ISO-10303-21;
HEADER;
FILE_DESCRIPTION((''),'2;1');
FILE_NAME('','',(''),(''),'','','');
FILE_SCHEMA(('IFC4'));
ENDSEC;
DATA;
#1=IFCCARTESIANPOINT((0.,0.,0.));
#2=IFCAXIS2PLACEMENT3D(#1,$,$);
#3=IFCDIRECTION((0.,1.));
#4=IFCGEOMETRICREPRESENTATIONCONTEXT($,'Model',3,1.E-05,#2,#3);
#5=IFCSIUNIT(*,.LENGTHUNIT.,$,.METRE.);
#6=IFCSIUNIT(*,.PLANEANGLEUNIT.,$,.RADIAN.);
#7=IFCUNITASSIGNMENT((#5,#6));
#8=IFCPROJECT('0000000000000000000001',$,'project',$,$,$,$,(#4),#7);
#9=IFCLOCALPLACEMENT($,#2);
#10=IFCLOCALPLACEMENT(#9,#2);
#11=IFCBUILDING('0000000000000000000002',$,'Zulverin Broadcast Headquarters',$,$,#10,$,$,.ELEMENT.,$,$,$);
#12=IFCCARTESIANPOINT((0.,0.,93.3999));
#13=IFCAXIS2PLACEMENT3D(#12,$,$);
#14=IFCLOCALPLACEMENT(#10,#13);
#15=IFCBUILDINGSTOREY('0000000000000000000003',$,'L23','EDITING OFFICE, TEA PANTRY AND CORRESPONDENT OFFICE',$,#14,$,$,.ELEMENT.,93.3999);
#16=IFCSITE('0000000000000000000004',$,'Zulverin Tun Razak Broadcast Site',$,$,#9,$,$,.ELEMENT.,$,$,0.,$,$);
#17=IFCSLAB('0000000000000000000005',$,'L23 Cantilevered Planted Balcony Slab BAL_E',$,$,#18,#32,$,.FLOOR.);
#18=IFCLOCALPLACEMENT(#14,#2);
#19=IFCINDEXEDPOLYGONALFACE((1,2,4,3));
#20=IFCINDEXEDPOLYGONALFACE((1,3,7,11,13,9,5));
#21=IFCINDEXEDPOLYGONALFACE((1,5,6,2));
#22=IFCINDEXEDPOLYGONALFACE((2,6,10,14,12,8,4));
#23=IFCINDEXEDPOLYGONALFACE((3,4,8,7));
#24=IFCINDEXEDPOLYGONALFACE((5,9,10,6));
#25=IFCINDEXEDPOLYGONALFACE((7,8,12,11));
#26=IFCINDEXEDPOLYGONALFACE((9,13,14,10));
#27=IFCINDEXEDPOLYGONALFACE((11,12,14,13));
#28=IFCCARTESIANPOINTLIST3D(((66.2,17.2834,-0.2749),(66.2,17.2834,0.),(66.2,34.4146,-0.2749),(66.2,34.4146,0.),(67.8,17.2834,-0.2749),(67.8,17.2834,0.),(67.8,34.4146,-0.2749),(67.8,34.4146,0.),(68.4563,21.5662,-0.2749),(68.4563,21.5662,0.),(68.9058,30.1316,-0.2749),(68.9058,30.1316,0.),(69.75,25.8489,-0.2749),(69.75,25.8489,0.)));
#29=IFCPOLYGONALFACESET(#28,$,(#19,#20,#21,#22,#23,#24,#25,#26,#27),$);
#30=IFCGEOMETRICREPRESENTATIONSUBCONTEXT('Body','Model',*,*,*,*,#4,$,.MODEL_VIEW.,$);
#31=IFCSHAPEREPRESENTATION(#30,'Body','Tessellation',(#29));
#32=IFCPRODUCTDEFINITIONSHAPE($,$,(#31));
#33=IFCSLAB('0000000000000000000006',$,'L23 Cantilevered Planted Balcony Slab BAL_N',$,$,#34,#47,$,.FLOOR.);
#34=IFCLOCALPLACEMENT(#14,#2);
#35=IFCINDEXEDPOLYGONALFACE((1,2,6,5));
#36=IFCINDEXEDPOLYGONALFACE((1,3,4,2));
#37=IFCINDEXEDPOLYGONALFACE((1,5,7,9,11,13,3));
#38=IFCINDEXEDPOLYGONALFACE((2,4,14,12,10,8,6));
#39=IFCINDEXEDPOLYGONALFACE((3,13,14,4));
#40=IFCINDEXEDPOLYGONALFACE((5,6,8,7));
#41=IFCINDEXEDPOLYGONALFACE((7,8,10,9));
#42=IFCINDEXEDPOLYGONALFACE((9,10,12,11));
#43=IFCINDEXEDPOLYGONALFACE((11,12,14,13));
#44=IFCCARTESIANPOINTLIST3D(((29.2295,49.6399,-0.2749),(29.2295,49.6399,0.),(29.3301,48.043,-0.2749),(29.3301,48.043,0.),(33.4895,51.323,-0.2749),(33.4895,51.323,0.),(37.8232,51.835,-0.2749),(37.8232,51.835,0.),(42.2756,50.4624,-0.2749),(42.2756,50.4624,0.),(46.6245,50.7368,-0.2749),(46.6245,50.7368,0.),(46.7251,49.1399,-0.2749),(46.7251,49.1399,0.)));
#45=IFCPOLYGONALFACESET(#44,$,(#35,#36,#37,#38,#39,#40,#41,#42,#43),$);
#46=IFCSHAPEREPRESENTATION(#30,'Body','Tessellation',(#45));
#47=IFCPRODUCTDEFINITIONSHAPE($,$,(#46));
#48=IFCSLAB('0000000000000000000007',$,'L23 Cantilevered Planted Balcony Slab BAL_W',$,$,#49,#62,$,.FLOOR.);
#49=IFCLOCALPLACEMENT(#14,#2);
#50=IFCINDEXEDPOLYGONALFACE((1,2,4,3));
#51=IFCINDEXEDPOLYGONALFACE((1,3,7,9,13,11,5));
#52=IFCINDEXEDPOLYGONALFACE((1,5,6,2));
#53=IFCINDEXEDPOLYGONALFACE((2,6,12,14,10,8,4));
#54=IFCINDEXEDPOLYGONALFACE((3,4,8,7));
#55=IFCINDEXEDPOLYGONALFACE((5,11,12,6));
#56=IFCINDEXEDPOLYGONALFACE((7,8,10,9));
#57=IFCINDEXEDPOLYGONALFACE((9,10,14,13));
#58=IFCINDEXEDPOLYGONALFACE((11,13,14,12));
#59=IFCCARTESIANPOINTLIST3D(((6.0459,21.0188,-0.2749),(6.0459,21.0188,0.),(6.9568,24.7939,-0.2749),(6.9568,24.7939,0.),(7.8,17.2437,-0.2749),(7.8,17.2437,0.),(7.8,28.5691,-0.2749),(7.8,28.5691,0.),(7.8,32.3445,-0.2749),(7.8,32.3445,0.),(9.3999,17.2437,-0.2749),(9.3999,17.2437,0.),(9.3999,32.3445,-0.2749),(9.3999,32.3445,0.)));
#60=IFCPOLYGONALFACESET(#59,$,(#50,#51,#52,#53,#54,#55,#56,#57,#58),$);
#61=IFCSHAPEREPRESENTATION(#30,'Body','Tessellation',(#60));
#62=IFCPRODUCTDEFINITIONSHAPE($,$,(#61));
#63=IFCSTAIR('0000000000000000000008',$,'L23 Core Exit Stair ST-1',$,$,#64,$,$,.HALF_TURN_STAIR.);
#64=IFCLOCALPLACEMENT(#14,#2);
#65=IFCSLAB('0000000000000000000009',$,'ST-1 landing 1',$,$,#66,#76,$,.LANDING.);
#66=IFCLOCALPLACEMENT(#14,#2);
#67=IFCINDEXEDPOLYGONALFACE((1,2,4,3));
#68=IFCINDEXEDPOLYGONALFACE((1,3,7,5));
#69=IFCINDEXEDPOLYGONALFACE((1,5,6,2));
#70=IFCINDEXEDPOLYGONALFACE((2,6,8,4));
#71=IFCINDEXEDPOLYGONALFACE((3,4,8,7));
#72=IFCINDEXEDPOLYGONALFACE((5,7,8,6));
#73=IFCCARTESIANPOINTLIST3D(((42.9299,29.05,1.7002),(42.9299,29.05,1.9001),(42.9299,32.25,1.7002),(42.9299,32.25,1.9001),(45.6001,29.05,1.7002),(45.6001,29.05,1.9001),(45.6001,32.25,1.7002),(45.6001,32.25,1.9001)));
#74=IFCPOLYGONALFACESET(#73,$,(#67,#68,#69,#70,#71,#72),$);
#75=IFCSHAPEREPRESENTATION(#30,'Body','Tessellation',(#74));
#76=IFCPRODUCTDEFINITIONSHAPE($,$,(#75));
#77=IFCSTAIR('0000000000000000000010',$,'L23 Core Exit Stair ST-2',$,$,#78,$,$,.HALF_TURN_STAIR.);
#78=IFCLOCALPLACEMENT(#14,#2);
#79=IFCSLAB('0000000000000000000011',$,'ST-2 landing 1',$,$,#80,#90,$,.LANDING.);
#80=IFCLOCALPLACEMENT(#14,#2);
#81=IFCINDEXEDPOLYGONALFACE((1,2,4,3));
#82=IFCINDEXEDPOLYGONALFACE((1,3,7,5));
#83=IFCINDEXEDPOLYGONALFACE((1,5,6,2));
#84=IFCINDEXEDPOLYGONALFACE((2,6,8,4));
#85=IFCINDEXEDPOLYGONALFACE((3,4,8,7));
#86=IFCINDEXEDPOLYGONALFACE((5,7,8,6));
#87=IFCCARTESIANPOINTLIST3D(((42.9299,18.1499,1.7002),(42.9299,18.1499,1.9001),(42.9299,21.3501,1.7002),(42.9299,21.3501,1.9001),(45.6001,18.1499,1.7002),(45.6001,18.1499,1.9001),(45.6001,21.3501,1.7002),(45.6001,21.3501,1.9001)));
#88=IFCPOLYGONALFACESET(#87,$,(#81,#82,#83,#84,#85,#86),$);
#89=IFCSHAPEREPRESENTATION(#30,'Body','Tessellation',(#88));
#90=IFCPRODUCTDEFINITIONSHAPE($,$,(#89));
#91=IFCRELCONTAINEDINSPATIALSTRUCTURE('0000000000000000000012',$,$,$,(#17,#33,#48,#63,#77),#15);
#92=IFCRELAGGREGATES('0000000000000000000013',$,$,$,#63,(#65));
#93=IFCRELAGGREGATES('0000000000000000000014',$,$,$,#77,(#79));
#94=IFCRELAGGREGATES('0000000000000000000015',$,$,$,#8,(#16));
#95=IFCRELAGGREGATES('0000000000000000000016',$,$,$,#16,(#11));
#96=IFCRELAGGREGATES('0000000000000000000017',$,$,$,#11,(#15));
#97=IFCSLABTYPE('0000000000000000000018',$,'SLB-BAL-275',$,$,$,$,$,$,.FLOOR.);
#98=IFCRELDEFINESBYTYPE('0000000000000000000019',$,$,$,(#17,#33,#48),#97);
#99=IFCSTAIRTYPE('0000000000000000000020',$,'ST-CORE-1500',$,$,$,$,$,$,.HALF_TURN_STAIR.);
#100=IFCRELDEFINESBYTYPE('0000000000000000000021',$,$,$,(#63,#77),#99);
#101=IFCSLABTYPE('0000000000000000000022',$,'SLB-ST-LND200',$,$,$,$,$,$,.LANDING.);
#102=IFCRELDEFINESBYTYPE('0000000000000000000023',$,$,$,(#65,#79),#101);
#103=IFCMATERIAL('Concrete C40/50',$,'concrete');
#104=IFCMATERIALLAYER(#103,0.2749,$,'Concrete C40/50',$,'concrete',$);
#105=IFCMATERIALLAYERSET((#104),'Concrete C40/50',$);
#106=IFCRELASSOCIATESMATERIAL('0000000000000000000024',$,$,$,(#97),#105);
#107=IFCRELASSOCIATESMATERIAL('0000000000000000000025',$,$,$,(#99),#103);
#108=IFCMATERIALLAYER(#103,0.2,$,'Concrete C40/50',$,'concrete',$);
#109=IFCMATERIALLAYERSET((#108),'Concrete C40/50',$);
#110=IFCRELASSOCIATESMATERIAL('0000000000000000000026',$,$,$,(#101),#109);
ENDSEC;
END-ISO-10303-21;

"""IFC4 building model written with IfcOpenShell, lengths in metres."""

from ifc_helpers import new_model, si_unit, direction, frame, origin, place, context, subcontext, project, spatial, polyline, outline, extrude, material, layer, layer_set, type_object, element, aggregate, save


model = new_model("IFC4")

# Units and contexts
model_context = context("Model", 3, precision=1e-05, world=origin(), true_north=direction((0.0, 1.0)))
body_context = subcontext(model_context, "Body", "Model", "MODEL_VIEW")
ifc_project = project(units=[si_unit("LENGTHUNIT", "METRE"), si_unit("PLANEANGLEUNIT", "RADIAN")], contexts=[model_context])

# Site, building, storey
site_placement = place(None, origin())
site = spatial("IfcSite", under=ifc_project, at=site_placement, Name="Zulverin Tun Razak Broadcast Site", CompositionType="ELEMENT", RefElevation=0.0)
building_placement = place(site_placement, origin())
building = spatial("IfcBuilding", under=site, at=building_placement, Name="Zulverin Broadcast Headquarters", CompositionType="ELEMENT")
storey_placement = place(building_placement, frame((0.0, 0.0, 93.3999)))
storey = spatial("IfcBuildingStorey", under=building, at=storey_placement, Name="L23", Description="EDITING OFFICE, TEA PANTRY AND CORRESPONDENT OFFICE", CompositionType="ELEMENT", Elevation=93.3999)

# Slabs
ifc_material_1 = material(Name="Concrete C40/50", Category="concrete")
ifc_layer_1 = layer(ifc_material_1, 0.2749, Name="Concrete C40/50", Category="concrete")
ifc_layer_set_1 = layer_set([ifc_layer_1], Name="Concrete C40/50")
slab_type_1 = type_object("IfcSlabType", Name="SLB-BAL-275", PredefinedType="FLOOR", material=ifc_layer_set_1)
slab_1_placement = place(storey_placement, frame((0.0, 0.0, -0.2749)))
element("IfcSlab", 1, at=slab_1_placement, inside=storey, type_object=slab_type_1, Name="L23 Cantilevered Planted Balcony Slab BAL_E", PredefinedType="FLOOR", context=body_context, shape_type="SweptSolid", body=[
    extrude(outline(polyline([(66.2, 34.4146), (66.2, 17.2834), (67.8, 17.2834), (68.4563, 21.5662), (69.75, 25.8489), (68.9058, 30.1316), (67.8, 34.4146), (66.2, 34.4146)])), origin(), (0.0, 0.0, 1.0), 0.2749),
])
slab_2_placement = place(storey_placement, frame((0.0, 0.0, -0.2749)))
element("IfcSlab", 2, at=slab_2_placement, inside=storey, type_object=slab_type_1, Name="L23 Cantilevered Planted Balcony Slab BAL_N", PredefinedType="FLOOR", context=body_context, shape_type="SweptSolid", body=[
    extrude(outline(polyline([(29.3301, 48.043), (46.7251, 49.1399), (46.6245, 50.7368), (42.2756, 50.4624), (37.8232, 51.835), (33.4895, 51.323), (29.2295, 49.6399), (29.3301, 48.043)])), origin(), (0.0, 0.0, 1.0), 0.2749),
])
slab_3_placement = place(storey_placement, frame((0.0, 0.0, -0.2749)))
element("IfcSlab", 3, at=slab_3_placement, inside=storey, type_object=slab_type_1, Name="L23 Cantilevered Planted Balcony Slab BAL_W", PredefinedType="FLOOR", context=body_context, shape_type="SweptSolid", body=[
    extrude(outline(polyline([(9.3999, 17.2437), (9.3999, 32.3445), (7.8, 32.3445), (7.8, 28.5691), (6.9568, 24.7939), (6.0459, 21.0188), (7.8, 17.2437), (9.3999, 17.2437)])), origin(), (0.0, 0.0, 1.0), 0.2749),
])

# Stairs, slabs
stair_type = type_object("IfcStairType", Name="ST-CORE-1500", PredefinedType="HALF_TURN_STAIR", material=ifc_material_1)
stair_1_placement = place(storey_placement, origin())
stair_1 = element("IfcStair", 4, at=stair_1_placement, inside=storey, type_object=stair_type, Name="L23 Core Exit Stair ST-1", PredefinedType="HALF_TURN_STAIR")
ifc_layer_2 = layer(ifc_material_1, 0.2, Name="Concrete C40/50", Category="concrete")
ifc_layer_set_2 = layer_set([ifc_layer_2], Name="Concrete C40/50")
slab_type_2 = type_object("IfcSlabType", Name="SLB-ST-LND200", PredefinedType="LANDING", material=ifc_layer_set_2)
slab_4_placement = place(storey_placement, frame((0.0, 0.0, 1.7002)))
slab_4 = element("IfcSlab", 5, at=slab_4_placement, type_object=slab_type_2, Name="ST-1 landing 1", PredefinedType="LANDING", context=body_context, shape_type="SweptSolid", body=[
    extrude(outline(polyline([(42.9299, 29.05), (45.6001, 29.05), (45.6001, 32.25), (42.9299, 32.25), (42.9299, 29.05)])), origin(), (0.0, 0.0, 1.0), 0.2),
])
aggregate(stair_1, [slab_4])
stair_2_placement = place(storey_placement, origin())
stair_2 = element("IfcStair", 6, at=stair_2_placement, inside=storey, type_object=stair_type, Name="L23 Core Exit Stair ST-2", PredefinedType="HALF_TURN_STAIR")
slab_5_placement = place(storey_placement, frame((0.0, 0.0, 1.7002)))
slab_5 = element("IfcSlab", 7, at=slab_5_placement, type_object=slab_type_2, Name="ST-2 landing 1", PredefinedType="LANDING", context=body_context, shape_type="SweptSolid", body=[
    extrude(outline(polyline([(42.9299, 18.1499), (45.6001, 18.1499), (45.6001, 21.3501), (42.9299, 21.3501), (42.9299, 18.1499)])), origin(), (0.0, 0.0, 1.0), 0.2),
])
aggregate(stair_2, [slab_5])

save(model, "model.ifc")
